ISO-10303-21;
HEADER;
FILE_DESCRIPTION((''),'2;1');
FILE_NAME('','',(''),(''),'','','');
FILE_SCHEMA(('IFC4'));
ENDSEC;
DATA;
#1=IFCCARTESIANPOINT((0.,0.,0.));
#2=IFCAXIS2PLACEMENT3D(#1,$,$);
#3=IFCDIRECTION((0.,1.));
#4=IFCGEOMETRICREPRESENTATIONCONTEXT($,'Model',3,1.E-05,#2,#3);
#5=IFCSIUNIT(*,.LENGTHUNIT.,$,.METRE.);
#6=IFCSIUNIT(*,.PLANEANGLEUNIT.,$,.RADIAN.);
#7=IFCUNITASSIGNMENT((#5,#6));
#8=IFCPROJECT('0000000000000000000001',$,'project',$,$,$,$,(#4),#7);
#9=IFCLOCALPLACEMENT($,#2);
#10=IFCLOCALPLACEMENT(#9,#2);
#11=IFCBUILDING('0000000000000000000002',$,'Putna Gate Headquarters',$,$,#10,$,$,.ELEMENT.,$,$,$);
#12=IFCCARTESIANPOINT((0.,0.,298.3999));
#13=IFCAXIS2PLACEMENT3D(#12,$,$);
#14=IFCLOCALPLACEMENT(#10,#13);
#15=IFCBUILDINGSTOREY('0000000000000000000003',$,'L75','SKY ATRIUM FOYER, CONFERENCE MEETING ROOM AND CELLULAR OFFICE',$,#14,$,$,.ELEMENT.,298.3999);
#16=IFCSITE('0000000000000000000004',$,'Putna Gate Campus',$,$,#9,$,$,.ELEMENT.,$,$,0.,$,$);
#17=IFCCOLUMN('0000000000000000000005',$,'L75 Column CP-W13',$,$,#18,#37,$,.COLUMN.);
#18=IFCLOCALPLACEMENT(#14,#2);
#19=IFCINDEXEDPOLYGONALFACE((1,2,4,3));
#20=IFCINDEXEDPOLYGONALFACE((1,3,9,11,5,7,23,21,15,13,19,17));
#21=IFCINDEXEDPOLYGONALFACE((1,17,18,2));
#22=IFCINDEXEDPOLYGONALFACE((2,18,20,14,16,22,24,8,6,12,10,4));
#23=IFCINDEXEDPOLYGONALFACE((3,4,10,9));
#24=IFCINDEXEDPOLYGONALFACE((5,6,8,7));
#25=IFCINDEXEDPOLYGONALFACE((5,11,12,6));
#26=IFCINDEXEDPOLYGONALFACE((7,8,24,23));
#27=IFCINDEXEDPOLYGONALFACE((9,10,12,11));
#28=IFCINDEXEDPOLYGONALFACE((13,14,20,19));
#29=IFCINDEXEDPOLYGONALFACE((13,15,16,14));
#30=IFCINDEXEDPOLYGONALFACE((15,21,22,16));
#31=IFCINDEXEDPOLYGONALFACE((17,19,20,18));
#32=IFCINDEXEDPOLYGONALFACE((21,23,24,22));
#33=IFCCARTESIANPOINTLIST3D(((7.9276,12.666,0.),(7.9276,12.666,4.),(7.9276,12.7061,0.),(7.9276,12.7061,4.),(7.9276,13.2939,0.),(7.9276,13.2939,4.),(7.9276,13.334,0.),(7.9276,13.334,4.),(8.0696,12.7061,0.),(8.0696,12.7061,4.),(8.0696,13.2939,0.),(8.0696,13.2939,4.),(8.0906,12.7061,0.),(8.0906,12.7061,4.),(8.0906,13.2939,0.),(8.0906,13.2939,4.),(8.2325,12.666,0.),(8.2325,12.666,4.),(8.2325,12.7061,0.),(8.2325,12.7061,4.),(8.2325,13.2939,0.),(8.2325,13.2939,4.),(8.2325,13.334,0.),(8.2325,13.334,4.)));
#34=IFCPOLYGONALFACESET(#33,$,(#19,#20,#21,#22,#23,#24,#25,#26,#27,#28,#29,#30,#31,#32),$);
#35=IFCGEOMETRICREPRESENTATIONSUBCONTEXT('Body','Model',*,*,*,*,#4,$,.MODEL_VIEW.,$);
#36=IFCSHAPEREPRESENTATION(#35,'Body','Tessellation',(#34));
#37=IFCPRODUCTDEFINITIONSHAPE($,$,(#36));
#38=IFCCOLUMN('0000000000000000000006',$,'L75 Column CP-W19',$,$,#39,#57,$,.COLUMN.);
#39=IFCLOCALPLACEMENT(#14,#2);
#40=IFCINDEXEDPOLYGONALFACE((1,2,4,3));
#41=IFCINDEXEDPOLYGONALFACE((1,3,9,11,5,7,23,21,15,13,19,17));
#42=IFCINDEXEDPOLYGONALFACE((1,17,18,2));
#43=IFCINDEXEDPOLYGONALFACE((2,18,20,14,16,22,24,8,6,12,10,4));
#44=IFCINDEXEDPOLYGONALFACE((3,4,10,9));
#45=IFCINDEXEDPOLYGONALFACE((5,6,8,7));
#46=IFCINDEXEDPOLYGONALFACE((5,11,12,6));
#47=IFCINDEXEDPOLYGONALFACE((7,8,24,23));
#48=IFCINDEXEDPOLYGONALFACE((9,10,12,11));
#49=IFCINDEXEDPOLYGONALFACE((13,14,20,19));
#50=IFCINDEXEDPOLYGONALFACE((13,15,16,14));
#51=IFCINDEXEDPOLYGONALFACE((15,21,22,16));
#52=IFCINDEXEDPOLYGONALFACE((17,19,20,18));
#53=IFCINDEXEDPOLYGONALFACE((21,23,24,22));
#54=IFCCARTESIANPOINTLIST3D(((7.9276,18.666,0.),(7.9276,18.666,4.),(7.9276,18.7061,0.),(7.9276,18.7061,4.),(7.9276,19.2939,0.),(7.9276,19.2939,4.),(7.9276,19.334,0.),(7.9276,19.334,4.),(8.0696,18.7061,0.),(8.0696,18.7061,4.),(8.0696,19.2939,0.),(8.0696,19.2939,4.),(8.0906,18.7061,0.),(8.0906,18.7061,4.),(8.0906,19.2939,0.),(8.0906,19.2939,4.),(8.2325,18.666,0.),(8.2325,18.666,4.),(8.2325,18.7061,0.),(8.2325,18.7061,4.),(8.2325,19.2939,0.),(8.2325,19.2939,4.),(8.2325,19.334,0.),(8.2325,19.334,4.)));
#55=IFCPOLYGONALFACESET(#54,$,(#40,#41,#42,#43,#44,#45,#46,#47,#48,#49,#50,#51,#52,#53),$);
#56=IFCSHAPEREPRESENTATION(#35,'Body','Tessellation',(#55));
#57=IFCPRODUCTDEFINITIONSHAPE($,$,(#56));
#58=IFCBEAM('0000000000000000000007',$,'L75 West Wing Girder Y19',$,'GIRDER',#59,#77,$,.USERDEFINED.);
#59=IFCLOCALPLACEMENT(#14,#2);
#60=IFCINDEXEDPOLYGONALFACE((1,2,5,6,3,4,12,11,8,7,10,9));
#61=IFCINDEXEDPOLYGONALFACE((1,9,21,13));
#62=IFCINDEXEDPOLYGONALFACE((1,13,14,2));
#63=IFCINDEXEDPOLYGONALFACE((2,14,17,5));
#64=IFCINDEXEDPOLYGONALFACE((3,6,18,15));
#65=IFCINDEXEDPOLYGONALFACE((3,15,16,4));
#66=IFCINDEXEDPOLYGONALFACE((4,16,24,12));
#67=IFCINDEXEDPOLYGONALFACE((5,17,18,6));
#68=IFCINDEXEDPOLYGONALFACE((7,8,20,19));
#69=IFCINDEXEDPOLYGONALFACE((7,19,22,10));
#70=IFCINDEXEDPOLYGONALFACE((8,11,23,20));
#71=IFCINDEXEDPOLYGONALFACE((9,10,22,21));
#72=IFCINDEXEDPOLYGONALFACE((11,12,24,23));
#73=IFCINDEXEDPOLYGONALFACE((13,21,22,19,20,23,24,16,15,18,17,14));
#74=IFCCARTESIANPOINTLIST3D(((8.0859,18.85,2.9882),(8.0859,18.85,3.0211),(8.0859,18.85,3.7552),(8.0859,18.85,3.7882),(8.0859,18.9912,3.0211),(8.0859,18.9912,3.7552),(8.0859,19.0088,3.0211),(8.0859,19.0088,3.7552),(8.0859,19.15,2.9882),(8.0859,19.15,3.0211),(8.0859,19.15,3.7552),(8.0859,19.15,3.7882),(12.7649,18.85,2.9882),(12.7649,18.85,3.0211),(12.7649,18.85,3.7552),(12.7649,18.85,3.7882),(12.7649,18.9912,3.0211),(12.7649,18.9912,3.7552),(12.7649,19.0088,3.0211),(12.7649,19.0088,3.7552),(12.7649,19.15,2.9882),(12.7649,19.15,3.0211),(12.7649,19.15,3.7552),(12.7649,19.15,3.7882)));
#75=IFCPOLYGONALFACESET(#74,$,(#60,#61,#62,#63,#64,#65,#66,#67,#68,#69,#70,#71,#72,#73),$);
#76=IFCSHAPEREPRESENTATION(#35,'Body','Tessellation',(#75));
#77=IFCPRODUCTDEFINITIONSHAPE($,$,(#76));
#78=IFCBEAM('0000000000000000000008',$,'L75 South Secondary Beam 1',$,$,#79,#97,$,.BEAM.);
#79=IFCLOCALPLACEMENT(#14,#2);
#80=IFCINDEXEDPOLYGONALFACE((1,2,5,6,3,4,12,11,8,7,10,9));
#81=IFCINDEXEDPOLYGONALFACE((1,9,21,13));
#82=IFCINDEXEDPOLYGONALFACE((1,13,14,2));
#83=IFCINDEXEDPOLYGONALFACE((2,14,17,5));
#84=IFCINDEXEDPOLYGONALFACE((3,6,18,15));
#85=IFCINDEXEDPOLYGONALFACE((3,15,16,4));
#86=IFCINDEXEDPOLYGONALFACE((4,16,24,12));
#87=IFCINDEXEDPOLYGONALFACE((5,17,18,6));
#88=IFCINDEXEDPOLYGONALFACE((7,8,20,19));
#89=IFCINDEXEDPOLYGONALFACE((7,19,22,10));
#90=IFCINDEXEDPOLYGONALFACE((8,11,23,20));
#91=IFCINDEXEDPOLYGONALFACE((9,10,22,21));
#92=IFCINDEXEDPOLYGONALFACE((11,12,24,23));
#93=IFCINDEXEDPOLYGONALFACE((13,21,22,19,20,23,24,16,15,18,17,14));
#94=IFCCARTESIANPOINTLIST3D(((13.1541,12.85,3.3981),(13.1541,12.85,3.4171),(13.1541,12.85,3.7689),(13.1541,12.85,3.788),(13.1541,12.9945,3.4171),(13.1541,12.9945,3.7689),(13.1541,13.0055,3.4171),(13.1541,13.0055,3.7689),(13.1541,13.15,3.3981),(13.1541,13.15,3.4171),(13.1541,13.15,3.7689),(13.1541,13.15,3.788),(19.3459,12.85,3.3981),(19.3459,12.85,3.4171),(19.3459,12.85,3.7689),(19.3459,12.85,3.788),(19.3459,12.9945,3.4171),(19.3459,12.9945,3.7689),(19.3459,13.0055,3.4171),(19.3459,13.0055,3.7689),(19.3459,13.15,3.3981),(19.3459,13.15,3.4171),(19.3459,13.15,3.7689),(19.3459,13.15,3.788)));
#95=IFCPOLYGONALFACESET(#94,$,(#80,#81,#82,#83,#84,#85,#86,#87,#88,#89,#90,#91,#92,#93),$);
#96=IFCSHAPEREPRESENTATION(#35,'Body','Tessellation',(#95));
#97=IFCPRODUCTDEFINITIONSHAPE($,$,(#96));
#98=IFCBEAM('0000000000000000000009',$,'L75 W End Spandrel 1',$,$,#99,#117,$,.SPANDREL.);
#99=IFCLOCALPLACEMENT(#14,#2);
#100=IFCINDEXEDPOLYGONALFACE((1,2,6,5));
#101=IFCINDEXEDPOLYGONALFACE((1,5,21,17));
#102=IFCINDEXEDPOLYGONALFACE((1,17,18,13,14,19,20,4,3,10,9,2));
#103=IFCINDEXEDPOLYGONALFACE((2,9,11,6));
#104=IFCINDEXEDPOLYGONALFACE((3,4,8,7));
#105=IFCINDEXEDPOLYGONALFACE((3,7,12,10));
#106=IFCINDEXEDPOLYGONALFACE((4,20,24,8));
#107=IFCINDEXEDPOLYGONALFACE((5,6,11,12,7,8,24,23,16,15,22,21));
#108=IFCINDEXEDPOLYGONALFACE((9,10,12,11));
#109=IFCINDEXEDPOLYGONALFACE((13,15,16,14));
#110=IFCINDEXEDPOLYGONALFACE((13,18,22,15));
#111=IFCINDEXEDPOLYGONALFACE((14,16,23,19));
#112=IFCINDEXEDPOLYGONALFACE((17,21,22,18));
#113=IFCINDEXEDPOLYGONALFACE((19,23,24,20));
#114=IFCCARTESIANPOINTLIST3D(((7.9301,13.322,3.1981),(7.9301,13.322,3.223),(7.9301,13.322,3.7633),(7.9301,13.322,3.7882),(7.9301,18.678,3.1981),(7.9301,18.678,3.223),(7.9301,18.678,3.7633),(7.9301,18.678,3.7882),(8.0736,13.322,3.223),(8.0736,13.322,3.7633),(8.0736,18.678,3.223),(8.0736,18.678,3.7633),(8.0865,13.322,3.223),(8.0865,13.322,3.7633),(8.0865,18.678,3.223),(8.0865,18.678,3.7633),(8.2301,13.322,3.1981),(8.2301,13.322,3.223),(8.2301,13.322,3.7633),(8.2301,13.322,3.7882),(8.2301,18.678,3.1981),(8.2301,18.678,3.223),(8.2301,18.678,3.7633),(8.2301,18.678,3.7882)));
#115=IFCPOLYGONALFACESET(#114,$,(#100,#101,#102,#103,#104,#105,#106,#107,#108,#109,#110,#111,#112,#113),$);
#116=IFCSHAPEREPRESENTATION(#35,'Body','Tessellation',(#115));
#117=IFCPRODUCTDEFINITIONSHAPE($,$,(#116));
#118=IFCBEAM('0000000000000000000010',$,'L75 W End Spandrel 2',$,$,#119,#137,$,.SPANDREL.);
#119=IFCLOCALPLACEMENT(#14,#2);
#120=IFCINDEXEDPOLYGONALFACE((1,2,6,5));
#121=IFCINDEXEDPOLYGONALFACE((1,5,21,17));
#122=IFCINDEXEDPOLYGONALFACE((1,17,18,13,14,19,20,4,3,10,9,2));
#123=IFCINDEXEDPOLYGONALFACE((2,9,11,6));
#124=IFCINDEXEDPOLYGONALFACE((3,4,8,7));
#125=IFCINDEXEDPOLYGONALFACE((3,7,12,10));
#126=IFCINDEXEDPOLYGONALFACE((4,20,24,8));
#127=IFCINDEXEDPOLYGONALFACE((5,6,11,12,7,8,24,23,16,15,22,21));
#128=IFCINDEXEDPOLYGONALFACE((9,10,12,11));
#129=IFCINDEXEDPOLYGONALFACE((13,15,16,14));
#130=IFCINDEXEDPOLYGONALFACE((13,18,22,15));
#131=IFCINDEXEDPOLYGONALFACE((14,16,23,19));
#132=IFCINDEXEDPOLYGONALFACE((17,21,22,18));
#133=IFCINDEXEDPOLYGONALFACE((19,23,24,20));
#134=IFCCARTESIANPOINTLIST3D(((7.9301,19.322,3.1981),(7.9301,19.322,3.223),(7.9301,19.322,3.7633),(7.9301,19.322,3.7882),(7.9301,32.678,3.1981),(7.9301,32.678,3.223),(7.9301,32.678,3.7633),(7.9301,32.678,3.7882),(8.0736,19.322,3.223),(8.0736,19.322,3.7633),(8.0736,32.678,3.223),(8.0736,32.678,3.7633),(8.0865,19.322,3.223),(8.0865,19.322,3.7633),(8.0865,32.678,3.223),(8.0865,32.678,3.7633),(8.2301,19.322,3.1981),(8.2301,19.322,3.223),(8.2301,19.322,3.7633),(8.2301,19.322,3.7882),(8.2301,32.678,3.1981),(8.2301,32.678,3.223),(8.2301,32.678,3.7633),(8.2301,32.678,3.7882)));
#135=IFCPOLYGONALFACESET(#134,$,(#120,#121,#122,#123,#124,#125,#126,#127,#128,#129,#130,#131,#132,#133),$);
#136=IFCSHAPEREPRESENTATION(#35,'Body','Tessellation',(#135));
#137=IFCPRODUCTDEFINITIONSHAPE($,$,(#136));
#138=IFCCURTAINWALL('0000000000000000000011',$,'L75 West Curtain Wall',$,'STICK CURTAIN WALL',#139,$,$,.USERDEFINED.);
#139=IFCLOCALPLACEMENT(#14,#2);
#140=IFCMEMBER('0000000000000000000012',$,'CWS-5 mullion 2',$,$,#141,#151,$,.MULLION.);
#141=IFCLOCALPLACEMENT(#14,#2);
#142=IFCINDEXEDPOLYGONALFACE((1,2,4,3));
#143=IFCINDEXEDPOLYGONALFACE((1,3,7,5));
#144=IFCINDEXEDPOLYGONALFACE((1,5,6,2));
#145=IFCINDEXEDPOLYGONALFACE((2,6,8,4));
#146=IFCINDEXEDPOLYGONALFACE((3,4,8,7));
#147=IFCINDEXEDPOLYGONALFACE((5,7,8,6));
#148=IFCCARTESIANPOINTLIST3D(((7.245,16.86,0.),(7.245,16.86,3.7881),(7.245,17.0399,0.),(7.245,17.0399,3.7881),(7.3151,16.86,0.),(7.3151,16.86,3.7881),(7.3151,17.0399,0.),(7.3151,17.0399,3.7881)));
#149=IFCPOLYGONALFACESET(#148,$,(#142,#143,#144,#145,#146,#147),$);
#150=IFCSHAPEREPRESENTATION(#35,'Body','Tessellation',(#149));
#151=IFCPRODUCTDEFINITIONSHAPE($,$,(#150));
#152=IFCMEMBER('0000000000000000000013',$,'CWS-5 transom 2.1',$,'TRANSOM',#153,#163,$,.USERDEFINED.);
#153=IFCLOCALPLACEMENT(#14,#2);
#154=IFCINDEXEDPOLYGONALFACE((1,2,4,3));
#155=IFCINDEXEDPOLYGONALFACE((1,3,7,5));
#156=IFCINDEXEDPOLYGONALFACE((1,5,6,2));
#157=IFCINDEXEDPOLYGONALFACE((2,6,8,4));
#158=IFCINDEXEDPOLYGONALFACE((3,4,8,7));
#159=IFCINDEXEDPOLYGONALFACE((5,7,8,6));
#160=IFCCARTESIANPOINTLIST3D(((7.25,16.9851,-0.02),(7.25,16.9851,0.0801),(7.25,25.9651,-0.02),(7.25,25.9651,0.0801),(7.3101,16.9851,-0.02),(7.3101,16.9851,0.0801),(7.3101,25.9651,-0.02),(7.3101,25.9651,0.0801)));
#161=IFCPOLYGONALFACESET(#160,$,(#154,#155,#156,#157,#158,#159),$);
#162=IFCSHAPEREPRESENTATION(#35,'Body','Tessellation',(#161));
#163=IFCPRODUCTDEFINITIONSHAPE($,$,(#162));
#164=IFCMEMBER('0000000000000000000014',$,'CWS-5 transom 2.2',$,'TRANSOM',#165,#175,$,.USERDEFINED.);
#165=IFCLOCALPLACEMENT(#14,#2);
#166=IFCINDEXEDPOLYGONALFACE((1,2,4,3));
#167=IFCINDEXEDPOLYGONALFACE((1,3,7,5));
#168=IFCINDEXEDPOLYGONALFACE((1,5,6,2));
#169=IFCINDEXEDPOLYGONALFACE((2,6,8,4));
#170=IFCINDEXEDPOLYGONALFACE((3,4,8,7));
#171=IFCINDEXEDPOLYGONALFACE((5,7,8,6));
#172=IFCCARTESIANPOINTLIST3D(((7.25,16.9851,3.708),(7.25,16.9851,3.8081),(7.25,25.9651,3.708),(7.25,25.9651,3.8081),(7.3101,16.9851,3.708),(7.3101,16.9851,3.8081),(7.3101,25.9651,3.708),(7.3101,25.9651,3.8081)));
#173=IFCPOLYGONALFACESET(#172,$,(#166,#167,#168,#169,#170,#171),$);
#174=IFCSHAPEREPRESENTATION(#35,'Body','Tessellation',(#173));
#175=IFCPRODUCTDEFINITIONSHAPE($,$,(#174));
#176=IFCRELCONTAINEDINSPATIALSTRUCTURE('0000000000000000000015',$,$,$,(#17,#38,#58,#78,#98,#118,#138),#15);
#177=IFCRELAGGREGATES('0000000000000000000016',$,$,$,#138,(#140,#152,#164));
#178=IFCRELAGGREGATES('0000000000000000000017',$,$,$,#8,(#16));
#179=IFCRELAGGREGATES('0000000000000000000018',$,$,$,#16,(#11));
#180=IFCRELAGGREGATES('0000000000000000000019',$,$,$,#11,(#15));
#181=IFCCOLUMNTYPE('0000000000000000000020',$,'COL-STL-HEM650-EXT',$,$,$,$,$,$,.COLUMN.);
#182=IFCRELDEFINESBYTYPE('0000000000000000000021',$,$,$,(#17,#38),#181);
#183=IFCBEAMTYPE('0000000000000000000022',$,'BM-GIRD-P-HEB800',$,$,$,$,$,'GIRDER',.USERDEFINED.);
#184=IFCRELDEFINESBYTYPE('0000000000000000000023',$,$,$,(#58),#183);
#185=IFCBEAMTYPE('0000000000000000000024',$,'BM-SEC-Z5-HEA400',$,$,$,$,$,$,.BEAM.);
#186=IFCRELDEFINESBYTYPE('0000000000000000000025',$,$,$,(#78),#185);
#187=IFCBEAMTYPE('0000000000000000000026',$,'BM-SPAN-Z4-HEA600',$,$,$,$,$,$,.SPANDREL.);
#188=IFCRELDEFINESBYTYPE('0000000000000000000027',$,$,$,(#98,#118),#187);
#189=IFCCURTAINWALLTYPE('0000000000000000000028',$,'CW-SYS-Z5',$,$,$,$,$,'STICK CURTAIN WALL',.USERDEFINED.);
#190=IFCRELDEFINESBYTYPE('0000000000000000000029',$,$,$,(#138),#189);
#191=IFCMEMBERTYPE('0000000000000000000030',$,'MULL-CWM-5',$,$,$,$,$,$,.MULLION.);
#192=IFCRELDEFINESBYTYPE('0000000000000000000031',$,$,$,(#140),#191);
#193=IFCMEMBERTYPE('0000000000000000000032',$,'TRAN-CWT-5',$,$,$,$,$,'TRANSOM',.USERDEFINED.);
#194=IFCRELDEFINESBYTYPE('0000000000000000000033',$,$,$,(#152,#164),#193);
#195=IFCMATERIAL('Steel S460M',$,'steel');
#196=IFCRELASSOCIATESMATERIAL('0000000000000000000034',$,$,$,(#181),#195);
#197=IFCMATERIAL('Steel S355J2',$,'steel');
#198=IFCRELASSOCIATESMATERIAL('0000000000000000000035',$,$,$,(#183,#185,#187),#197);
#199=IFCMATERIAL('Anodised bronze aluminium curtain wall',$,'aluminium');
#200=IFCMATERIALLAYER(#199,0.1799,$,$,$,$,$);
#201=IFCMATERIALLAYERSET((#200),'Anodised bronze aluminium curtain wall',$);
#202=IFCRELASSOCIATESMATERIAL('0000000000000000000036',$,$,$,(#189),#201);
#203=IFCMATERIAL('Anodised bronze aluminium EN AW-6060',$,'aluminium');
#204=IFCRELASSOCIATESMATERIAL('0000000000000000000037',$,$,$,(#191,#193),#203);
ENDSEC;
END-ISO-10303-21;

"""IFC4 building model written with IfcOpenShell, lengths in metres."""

from ifc_helpers import new_model, si_unit, direction, frame, origin, origin_2d, place, context, subcontext, project, spatial, rectangle, i_section, extrude, material, layer, layer_set, material_profile, profile_set, type_object, element, aggregate, save


model = new_model("IFC4")

# Units and contexts
model_context = context("Model", 3, precision=1e-05, world=origin(), true_north=direction((0.0, 1.0)))
body_context = subcontext(model_context, "Body", "Model", "MODEL_VIEW")
ifc_project = project(units=[si_unit("LENGTHUNIT", "METRE"), si_unit("PLANEANGLEUNIT", "RADIAN")], contexts=[model_context])

# Site, building, storey
site_placement = place(None, origin())
site = spatial("IfcSite", under=ifc_project, at=site_placement, Name="Putna Gate Campus", CompositionType="ELEMENT", RefElevation=0.0)
building_placement = place(site_placement, origin())
building = spatial("IfcBuilding", under=site, at=building_placement, Name="Putna Gate Headquarters", CompositionType="ELEMENT")
storey_placement = place(building_placement, frame((0.0, 0.0, 298.3999)))
storey = spatial("IfcBuildingStorey", under=building, at=storey_placement, Name="L75", Description="SKY ATRIUM FOYER, CONFERENCE MEETING ROOM AND CELLULAR OFFICE", CompositionType="ELEMENT", Elevation=298.3999)

# Columns
ifc_material_1 = material(Name="Steel S460M", Category="steel")
ifc_material_profile_1 = material_profile(ifc_material_1, i_section(OverallWidth=0.3049, OverallDepth=0.668, WebThickness=0.021, FlangeThickness=0.04, at=origin_2d()), Name="Steel S460M")
ifc_profile_set_1 = profile_set([ifc_material_profile_1], Name="Steel S460M")
column_type = type_object("IfcColumnType", Name="COL-STL-HEM650-EXT", PredefinedType="COLUMN", material=ifc_profile_set_1)
for number, where, z_axis, x_axis, name in (
    (1, (8.0801, 13.0, 0.0), (0.0, 0.0, 1.0), (1.0, 0.0, 0.0), "L75 Column CP-W13"),
    (2, (8.0801, 19.0, 0.0), (0.0, 0.0, 1.0), (1.0, 0.0, 0.0), "L75 Column CP-W19"),
):
    element("IfcColumn", number, at=place(storey_placement, frame(where, z_axis=z_axis, x_axis=x_axis)), inside=storey, type_object=column_type, Name=name, PredefinedType="COLUMN", context=body_context, shape_type="SweptSolid", body=[
        extrude(i_section(OverallWidth=0.3049, OverallDepth=0.668, WebThickness=0.021, FlangeThickness=0.04, at=origin_2d()), origin(), (0.0, 0.0, 1.0), 4.0),
    ])

# Beams
ifc_material_2 = material(Name="Steel S355J2", Category="steel")
ifc_material_profile_2 = material_profile(ifc_material_2, i_section(OverallWidth=0.3, OverallDepth=0.8, WebThickness=0.0176, FlangeThickness=0.033, at=origin_2d()), Name="Steel S355J2")
ifc_profile_set_2 = profile_set([ifc_material_profile_2], Name="Steel S355J2")
beam_type_1 = type_object("IfcBeamType", Name="BM-GIRD-P-HEB800", ElementType="GIRDER", PredefinedType="USERDEFINED", material=ifc_profile_set_2)
beam_1_placement = place(storey_placement, frame((8.0859, 19.0, 3.3882), z_axis=(1.0, 0.0, 0.0), x_axis=(0.0, 1.0, 0.0)))
element("IfcBeam", 3, at=beam_1_placement, inside=storey, type_object=beam_type_1, Name="L75 West Wing Girder Y19", ObjectType="GIRDER", PredefinedType="USERDEFINED", context=body_context, shape_type="SweptSolid", body=[
    extrude(i_section(OverallWidth=0.3, OverallDepth=0.8, WebThickness=0.0176, FlangeThickness=0.033, at=origin_2d()), origin(), (0.0, 0.0, 1.0), 4.679),
])
ifc_material_profile_3 = material_profile(ifc_material_2, i_section(OverallWidth=0.3, OverallDepth=0.3899, WebThickness=0.011, FlangeThickness=0.019, at=origin_2d()), Name="Steel S355J2")
ifc_profile_set_3 = profile_set([ifc_material_profile_3], Name="Steel S355J2")
beam_type_2 = type_object("IfcBeamType", Name="BM-SEC-Z5-HEA400", PredefinedType="BEAM", material=ifc_profile_set_3)
beam_2_placement = place(storey_placement, frame((13.1541, 13.0, 3.593), z_axis=(1.0, 0.0, 0.0), x_axis=(0.0, 1.0, 0.0)))
element("IfcBeam", 4, at=beam_2_placement, inside=storey, type_object=beam_type_2, Name="L75 South Secondary Beam 1", PredefinedType="BEAM", context=body_context, shape_type="SweptSolid", body=[
    extrude(i_section(OverallWidth=0.3, OverallDepth=0.3899, WebThickness=0.011, FlangeThickness=0.019, at=origin_2d()), origin(), (0.0, 0.0, 1.0), 6.1919),
])
ifc_material_profile_4 = material_profile(ifc_material_2, i_section(OverallWidth=0.3, OverallDepth=0.5901, WebThickness=0.0129, FlangeThickness=0.0249, at=origin_2d()), Name="Steel S355J2")
ifc_profile_set_4 = profile_set([ifc_material_profile_4], Name="Steel S355J2")
beam_type_3 = type_object("IfcBeamType", Name="BM-SPAN-Z4-HEA600", PredefinedType="SPANDREL", material=ifc_profile_set_4)
beam_3_placement = place(storey_placement, frame((8.0801, 13.322, 3.4932), z_axis=(0.0, 1.0, 0.0), x_axis=(-1.0, 0.0, 0.0)))
element("IfcBeam", 5, at=beam_3_placement, inside=storey, type_object=beam_type_3, Name="L75 W End Spandrel 1", PredefinedType="SPANDREL", context=body_context, shape_type="SweptSolid", body=[
    extrude(i_section(OverallWidth=0.3, OverallDepth=0.5901, WebThickness=0.0129, FlangeThickness=0.0249, at=origin_2d()), origin(), (0.0, 0.0, 1.0), 5.356),
])
beam_4_placement = place(storey_placement, frame((8.0801, 19.322, 3.4932), z_axis=(0.0, 1.0, 0.0), x_axis=(-1.0, 0.0, 0.0)))
element("IfcBeam", 6, at=beam_4_placement, inside=storey, type_object=beam_type_3, Name="L75 W End Spandrel 2", PredefinedType="SPANDREL", context=body_context, shape_type="SweptSolid", body=[
    extrude(i_section(OverallWidth=0.3, OverallDepth=0.5901, WebThickness=0.0129, FlangeThickness=0.0249, at=origin_2d()), origin(), (0.0, 0.0, 1.0), 13.356),
])

# Curtain wall, members
ifc_material_3 = material(Name="Anodised bronze aluminium curtain wall", Category="aluminium")
ifc_layer_1 = layer(ifc_material_3, 0.1799)
ifc_layer_set_1 = layer_set([ifc_layer_1], Name="Anodised bronze aluminium curtain wall")
curtain_wall_type = type_object("IfcCurtainWallType", Name="CW-SYS-Z5", ElementType="STICK CURTAIN WALL", PredefinedType="USERDEFINED", material=ifc_layer_set_1)
curtain_wall_placement = place(storey_placement, origin())
curtain_wall = element("IfcCurtainWall", 7, at=curtain_wall_placement, inside=storey, type_object=curtain_wall_type, Name="L75 West Curtain Wall", ObjectType="STICK CURTAIN WALL", PredefinedType="USERDEFINED")
ifc_material_4 = material(Name="Anodised bronze aluminium EN AW-6060", Category="aluminium")
ifc_material_profile_5 = material_profile(ifc_material_4, rectangle(XDim=0.0701, YDim=0.1799, at=origin_2d()), Name="Anodised bronze aluminium EN AW-6060")
ifc_profile_set_5 = profile_set([ifc_material_profile_5], Name="Anodised bronze aluminium EN AW-6060")
member_type_1 = type_object("IfcMemberType", Name="MULL-CWM-5", PredefinedType="MULLION", material=ifc_profile_set_5)
member_1_placement = place(storey_placement, frame((7.28, 16.95, 0.0), z_axis=(0.0, 0.0, 1.0), x_axis=(-1.0, 0.0, 0.0)))
member_1 = element("IfcMember", 8, at=member_1_placement, type_object=member_type_1, Name="CWS-5 mullion 2", PredefinedType="MULLION", context=body_context, shape_type="SweptSolid", body=[
    extrude(rectangle(XDim=0.0701, YDim=0.1799, at=origin_2d()), origin(), (0.0, 0.0, 1.0), 3.7881),
])
ifc_material_profile_6 = material_profile(ifc_material_4, rectangle(XDim=0.0601, YDim=0.1001, at=origin_2d()), Name="Anodised bronze aluminium EN AW-6060")
ifc_profile_set_6 = profile_set([ifc_material_profile_6], Name="Anodised bronze aluminium EN AW-6060")
member_type_2 = type_object("IfcMemberType", Name="TRAN-CWT-5", ElementType="TRANSOM", PredefinedType="USERDEFINED", material=ifc_profile_set_6)
member_2_placement = place(storey_placement, frame((7.28, 16.9851, 0.03), z_axis=(0.0, 1.0, 0.0), x_axis=(-1.0, 0.0, 0.0)))
member_2 = element("IfcMember", 9, at=member_2_placement, type_object=member_type_2, Name="CWS-5 transom 2.1", ObjectType="TRANSOM", PredefinedType="USERDEFINED", context=body_context, shape_type="SweptSolid", body=[
    extrude(rectangle(XDim=0.0601, YDim=0.1001, at=origin_2d()), origin(), (0.0, 0.0, 1.0), 8.98),
])
member_3_placement = place(storey_placement, frame((7.28, 16.9851, 3.7581), z_axis=(0.0, 1.0, 0.0), x_axis=(-1.0, 0.0, 0.0)))
member_3 = element("IfcMember", 10, at=member_3_placement, type_object=member_type_2, Name="CWS-5 transom 2.2", ObjectType="TRANSOM", PredefinedType="USERDEFINED", context=body_context, shape_type="SweptSolid", body=[
    extrude(rectangle(XDim=0.0601, YDim=0.1001, at=origin_2d()), origin(), (0.0, 0.0, 1.0), 8.98),
])
aggregate(curtain_wall, [member_1, member_2, member_3])

save(model, "model.ifc")
